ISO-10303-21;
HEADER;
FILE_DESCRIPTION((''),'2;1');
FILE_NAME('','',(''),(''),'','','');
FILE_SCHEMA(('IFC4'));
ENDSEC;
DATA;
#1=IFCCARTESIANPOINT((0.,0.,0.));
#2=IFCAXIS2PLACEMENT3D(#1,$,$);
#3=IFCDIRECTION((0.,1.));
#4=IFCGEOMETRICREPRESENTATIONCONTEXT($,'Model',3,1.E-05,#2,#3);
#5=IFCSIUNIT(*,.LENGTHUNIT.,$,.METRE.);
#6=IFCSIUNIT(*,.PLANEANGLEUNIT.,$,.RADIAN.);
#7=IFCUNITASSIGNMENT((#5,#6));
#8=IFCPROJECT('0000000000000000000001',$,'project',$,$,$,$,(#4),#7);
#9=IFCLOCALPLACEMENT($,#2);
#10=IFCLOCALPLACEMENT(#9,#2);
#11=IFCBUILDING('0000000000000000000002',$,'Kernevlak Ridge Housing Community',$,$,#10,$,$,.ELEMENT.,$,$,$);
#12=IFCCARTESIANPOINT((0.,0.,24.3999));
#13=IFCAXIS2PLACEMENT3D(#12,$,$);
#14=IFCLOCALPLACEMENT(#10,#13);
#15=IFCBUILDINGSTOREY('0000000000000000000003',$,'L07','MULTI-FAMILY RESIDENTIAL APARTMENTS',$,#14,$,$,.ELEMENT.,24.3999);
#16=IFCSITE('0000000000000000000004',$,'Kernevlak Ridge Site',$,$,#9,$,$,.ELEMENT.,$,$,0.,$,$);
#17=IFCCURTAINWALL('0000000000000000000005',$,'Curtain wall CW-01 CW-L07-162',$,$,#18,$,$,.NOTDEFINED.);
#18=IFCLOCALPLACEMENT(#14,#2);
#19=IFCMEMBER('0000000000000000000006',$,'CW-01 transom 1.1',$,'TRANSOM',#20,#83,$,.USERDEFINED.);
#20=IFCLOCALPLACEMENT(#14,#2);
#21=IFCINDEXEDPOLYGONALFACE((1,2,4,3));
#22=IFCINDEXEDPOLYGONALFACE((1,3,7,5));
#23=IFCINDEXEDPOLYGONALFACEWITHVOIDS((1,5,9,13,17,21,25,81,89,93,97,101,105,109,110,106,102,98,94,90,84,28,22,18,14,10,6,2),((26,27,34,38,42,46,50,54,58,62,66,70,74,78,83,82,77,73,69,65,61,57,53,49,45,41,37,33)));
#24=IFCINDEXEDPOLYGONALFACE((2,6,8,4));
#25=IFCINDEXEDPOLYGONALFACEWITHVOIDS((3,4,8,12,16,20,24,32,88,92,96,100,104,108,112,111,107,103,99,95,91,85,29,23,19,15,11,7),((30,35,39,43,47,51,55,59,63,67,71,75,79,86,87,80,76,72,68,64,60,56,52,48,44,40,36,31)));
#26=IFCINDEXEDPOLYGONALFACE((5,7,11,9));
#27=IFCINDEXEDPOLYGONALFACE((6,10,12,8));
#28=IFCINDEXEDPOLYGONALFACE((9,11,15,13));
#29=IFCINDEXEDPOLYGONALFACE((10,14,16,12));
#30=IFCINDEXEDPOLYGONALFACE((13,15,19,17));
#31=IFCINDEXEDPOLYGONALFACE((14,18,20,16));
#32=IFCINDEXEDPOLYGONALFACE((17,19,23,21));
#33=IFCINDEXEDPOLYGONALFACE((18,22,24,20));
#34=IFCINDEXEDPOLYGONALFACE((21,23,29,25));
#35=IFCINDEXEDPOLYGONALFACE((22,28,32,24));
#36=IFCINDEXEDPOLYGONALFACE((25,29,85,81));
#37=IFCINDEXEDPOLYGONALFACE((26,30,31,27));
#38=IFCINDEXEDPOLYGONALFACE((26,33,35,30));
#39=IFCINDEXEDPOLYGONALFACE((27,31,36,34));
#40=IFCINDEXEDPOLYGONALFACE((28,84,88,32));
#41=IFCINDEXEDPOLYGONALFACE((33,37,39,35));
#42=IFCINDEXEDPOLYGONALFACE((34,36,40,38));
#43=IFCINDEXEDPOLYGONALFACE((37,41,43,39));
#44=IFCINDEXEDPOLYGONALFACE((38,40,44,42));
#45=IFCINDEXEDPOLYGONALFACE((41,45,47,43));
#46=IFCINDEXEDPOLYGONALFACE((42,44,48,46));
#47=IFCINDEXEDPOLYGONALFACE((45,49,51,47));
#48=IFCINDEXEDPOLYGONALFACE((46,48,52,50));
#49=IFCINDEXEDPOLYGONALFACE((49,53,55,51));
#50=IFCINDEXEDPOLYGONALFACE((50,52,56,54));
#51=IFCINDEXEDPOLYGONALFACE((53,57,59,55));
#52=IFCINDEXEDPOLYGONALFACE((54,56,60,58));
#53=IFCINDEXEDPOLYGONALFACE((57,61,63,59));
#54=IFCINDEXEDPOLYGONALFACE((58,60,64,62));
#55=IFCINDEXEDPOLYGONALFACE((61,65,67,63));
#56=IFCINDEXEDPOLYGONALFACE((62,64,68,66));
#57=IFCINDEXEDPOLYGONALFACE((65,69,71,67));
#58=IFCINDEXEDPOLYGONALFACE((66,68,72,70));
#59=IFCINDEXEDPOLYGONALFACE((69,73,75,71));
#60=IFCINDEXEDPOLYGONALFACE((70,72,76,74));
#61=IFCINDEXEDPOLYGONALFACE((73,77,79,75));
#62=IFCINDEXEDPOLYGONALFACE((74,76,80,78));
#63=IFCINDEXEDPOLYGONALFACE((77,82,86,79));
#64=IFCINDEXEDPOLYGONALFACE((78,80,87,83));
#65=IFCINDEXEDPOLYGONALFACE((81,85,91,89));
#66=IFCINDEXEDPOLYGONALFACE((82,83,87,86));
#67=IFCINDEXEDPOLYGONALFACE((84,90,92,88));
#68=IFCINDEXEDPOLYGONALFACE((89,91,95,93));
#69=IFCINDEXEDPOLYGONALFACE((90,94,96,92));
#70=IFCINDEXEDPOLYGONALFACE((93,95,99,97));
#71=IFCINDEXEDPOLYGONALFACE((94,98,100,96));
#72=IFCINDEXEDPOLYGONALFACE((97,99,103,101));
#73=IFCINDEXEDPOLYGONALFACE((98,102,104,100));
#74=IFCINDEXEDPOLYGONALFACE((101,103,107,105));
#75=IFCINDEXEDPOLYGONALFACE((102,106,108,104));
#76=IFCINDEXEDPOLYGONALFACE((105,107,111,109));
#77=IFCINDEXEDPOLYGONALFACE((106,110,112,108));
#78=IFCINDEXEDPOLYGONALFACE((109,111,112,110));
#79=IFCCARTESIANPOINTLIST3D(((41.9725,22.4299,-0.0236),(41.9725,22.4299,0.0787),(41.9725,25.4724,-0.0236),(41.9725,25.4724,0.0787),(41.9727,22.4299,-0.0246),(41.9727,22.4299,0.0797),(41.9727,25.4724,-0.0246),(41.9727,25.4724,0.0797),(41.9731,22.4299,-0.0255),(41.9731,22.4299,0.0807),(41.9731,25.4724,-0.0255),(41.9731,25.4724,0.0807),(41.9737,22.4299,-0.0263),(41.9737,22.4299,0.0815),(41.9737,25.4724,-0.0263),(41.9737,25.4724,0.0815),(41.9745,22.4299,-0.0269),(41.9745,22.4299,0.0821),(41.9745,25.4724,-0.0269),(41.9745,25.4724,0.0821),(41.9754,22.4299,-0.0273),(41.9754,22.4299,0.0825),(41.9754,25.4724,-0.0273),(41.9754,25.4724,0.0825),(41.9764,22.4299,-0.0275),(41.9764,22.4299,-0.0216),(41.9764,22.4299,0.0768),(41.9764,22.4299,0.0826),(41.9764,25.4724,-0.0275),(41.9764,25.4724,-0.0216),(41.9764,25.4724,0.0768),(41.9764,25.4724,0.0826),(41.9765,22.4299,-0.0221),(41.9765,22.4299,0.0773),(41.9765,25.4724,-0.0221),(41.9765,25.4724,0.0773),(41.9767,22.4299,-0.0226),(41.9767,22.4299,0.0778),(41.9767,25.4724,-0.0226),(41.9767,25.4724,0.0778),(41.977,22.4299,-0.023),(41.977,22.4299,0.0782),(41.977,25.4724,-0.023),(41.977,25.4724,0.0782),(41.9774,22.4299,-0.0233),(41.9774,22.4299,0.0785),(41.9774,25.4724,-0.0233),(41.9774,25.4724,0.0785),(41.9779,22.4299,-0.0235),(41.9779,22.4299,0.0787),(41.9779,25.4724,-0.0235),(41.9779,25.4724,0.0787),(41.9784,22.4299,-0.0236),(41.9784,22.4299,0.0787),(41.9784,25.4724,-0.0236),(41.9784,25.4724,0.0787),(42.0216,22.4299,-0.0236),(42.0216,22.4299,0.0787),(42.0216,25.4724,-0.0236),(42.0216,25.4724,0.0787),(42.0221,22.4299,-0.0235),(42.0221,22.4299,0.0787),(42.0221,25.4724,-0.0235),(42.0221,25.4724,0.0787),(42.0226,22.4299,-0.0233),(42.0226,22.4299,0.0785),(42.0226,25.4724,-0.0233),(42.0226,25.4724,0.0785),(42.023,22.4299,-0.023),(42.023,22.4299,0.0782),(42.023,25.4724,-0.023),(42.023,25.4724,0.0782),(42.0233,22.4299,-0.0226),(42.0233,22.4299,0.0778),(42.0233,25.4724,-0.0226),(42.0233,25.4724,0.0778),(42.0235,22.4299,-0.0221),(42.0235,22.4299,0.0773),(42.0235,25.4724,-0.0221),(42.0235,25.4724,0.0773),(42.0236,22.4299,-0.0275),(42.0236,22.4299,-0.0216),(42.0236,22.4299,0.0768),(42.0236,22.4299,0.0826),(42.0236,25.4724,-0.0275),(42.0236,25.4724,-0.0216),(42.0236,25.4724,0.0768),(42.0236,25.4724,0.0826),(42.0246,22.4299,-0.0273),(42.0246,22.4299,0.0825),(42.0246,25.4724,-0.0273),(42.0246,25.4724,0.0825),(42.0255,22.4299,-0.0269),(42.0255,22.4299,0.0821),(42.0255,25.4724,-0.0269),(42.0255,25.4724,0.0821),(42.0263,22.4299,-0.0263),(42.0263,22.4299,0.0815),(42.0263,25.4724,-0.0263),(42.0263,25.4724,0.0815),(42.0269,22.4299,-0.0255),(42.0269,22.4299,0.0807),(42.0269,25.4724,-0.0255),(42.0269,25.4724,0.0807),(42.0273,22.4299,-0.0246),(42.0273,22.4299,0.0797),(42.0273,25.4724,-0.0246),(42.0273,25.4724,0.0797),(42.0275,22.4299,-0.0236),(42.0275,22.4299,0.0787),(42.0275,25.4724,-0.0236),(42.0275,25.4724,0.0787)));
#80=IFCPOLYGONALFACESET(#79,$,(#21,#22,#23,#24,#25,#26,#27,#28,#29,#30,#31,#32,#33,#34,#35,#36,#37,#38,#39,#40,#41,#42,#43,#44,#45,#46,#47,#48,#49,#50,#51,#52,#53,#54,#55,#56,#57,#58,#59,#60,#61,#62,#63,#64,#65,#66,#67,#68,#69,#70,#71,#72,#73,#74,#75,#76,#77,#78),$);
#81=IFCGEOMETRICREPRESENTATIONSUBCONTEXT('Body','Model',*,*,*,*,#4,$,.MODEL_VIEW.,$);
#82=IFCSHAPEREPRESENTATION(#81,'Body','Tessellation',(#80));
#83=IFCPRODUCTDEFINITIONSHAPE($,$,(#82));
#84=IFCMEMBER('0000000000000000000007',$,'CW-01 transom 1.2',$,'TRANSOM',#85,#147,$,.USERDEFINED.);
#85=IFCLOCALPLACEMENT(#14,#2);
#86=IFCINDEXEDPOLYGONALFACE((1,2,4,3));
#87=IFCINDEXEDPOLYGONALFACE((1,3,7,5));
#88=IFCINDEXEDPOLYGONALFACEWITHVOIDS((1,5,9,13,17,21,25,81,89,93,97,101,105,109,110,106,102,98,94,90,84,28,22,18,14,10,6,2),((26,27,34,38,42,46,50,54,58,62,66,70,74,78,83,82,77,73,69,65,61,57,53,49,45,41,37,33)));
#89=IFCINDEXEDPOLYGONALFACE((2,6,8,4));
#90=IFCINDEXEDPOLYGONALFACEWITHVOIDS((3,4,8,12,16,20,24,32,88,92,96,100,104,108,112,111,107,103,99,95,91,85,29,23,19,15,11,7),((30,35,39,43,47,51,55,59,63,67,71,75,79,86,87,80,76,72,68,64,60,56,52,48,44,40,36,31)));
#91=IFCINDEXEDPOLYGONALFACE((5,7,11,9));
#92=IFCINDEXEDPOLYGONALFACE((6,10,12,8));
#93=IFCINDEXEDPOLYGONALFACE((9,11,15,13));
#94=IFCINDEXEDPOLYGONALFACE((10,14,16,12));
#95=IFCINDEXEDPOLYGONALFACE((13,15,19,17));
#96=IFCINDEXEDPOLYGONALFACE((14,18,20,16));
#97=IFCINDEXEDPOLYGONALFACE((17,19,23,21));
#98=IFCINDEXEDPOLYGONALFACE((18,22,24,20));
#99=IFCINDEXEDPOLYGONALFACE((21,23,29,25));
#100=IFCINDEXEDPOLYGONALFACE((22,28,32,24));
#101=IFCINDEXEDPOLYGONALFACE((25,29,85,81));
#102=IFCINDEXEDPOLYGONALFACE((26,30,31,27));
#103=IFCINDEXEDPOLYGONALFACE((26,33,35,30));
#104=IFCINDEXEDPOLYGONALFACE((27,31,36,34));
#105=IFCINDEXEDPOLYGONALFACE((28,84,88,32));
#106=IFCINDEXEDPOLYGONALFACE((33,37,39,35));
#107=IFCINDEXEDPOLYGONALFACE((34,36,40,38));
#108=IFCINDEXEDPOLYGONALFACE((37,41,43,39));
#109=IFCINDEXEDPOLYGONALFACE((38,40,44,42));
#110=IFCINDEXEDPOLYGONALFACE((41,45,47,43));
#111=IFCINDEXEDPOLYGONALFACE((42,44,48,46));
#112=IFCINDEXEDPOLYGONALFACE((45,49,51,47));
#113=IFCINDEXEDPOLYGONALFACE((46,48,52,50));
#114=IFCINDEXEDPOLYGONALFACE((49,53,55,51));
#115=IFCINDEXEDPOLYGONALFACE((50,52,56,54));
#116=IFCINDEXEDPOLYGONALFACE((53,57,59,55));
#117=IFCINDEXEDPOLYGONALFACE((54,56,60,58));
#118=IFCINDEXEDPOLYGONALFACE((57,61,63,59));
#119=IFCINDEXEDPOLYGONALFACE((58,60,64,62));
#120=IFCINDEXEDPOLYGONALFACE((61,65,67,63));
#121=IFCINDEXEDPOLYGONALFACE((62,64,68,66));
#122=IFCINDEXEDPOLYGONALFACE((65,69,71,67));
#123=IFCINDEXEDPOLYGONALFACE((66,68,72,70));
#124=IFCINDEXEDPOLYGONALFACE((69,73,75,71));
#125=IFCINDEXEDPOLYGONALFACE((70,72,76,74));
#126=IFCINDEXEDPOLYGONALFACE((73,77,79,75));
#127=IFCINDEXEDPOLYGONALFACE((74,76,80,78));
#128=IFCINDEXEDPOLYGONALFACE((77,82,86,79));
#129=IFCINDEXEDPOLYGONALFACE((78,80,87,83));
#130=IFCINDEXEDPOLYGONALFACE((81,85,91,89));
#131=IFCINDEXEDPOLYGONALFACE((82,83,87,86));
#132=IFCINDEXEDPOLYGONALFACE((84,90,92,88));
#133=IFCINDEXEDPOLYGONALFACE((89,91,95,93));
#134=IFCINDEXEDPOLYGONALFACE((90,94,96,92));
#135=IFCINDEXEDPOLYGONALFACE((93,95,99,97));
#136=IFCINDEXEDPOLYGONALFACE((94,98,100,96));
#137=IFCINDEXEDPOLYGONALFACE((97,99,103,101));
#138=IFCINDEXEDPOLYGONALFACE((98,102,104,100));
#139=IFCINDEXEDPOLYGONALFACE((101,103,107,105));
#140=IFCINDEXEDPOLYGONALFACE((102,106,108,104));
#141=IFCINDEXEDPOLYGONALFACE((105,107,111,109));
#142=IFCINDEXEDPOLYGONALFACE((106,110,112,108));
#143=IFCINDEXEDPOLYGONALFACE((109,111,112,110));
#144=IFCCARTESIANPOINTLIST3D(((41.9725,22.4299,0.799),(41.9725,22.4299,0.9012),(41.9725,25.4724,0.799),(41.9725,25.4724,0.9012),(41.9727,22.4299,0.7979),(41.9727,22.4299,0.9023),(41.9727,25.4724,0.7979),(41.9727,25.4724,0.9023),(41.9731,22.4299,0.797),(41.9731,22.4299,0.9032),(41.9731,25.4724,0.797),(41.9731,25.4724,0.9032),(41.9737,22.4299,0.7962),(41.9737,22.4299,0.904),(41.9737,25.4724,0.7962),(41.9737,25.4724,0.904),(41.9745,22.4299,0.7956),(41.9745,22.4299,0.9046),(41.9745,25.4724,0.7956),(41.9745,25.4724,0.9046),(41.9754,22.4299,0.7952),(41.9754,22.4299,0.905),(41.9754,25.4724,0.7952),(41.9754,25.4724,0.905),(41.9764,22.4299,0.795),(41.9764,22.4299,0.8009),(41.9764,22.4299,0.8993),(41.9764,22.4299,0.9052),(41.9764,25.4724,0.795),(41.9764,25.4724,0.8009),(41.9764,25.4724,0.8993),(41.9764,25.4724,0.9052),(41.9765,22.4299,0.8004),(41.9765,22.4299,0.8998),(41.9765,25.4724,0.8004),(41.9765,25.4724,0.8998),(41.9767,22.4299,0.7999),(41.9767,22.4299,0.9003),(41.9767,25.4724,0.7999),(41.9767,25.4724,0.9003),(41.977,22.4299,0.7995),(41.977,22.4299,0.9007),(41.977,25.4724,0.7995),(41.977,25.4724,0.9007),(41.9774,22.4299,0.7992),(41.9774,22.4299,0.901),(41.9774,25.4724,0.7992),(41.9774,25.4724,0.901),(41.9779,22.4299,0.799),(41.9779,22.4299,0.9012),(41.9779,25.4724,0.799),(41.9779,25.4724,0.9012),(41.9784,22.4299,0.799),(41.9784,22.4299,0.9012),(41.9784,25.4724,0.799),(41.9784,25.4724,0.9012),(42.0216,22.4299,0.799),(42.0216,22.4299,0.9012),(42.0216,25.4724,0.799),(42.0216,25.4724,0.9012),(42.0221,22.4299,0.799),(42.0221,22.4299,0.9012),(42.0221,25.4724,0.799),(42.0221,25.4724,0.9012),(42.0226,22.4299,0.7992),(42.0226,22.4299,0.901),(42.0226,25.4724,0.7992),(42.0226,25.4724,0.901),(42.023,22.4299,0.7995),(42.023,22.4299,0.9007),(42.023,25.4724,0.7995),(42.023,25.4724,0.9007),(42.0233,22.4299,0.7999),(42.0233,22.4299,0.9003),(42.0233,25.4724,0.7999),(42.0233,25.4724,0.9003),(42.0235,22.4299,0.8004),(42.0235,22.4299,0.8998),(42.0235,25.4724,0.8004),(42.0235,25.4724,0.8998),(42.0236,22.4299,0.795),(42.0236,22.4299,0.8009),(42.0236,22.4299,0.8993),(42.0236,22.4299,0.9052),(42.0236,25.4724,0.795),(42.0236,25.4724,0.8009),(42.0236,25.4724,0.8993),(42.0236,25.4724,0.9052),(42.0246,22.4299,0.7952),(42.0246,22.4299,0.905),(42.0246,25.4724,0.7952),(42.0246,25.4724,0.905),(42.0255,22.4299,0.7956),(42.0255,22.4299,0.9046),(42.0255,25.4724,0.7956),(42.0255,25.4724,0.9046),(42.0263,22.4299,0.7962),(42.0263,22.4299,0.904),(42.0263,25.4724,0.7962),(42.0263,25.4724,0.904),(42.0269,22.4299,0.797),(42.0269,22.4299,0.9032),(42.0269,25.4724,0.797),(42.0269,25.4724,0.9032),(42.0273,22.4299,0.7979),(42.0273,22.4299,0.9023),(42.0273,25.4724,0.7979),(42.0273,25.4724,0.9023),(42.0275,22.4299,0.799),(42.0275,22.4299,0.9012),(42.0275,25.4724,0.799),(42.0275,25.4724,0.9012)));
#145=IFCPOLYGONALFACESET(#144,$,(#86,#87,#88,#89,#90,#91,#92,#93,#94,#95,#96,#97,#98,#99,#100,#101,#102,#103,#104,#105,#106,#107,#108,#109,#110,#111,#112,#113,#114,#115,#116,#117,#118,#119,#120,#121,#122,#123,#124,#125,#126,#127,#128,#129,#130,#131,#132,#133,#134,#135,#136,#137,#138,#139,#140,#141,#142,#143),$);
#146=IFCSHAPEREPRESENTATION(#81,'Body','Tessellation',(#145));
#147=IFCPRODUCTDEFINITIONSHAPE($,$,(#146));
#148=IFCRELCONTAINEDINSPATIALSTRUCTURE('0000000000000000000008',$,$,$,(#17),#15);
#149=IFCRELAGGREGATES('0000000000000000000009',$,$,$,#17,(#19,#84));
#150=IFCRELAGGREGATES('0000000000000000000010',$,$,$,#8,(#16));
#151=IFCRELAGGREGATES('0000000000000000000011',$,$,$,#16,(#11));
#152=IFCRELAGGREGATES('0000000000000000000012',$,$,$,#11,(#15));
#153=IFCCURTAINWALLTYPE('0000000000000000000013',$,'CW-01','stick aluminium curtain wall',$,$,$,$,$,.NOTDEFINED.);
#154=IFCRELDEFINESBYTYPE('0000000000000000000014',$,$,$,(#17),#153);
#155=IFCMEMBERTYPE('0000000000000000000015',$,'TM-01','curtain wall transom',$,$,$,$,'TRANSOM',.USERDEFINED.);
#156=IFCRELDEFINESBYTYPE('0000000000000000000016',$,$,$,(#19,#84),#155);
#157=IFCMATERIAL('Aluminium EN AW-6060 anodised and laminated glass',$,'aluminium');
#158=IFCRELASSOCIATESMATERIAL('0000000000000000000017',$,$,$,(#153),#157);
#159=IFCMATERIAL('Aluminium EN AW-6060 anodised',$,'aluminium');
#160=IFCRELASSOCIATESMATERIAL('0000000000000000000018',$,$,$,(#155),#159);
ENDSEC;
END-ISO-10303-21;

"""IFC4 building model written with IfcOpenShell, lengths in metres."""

from ifc_helpers import new_model, si_unit, direction, frame, origin, origin_2d, place, context, subcontext, project, spatial, hollow_rectangle, extrude, material, material_profile, profile_set, type_object, element, aggregate, save


model = new_model("IFC4")

# Units and contexts
model_context = context("Model", 3, precision=1e-05, world=origin(), true_north=direction((0.0, 1.0)))
body_context = subcontext(model_context, "Body", "Model", "MODEL_VIEW")
ifc_project = project(units=[si_unit("LENGTHUNIT", "METRE"), si_unit("PLANEANGLEUNIT", "RADIAN")], contexts=[model_context])

# Site, building, storey
site_placement = place(None, origin())
site = spatial("IfcSite", under=ifc_project, at=site_placement, Name="Kernevlak Ridge Site", CompositionType="ELEMENT", RefElevation=0.0)
building_placement = place(site_placement, origin())
building = spatial("IfcBuilding", under=site, at=building_placement, Name="Kernevlak Ridge Housing Community", CompositionType="ELEMENT")
storey_placement = place(building_placement, frame((0.0, 0.0, 24.3999)))
storey = spatial("IfcBuildingStorey", under=building, at=storey_placement, Name="L07", Description="MULTI-FAMILY RESIDENTIAL APARTMENTS", CompositionType="ELEMENT", Elevation=24.3999)

# Curtain wall
ifc_material_1 = material(Name="Aluminium EN AW-6060 anodised and laminated glass", Category="aluminium")
curtain_wall_type = type_object("IfcCurtainWallType", Name="CW-01", Description="stick aluminium curtain wall", PredefinedType="NOTDEFINED", material=ifc_material_1)
curtain_wall_placement = place(storey_placement, origin())
curtain_wall = element("IfcCurtainWall", 1, at=curtain_wall_placement, inside=storey, type_object=curtain_wall_type, Name="Curtain wall CW-01 CW-L07-162", PredefinedType="NOTDEFINED")
ifc_material_2 = material(Name="Aluminium EN AW-6060 anodised", Category="aluminium")

# Members
ifc_material_profile_1 = material_profile(ifc_material_2, hollow_rectangle(XDim=0.0549, YDim=0.1101, WallThickness=0.0039, InnerFilletRadius=0.002, OuterFilletRadius=0.0039, at=origin_2d()), Name="ALU 55x110x4")
ifc_profile_set_1 = profile_set([ifc_material_profile_1], Name="Aluminium EN AW-6060 anodised")
member_type_1 = type_object("IfcMemberType", Name="TM-01", Description="curtain wall transom", ElementType="TRANSOM", PredefinedType="USERDEFINED", material=ifc_profile_set_1)
member_1_placement = place(storey_placement, frame((42.0, 22.4299, 0.0276), z_axis=(0.0, 1.0, 0.0), x_axis=(-1.0, 0.0, 0.0)))
member_1 = element("IfcMember", 2, at=member_1_placement, type_object=member_type_1, Name="CW-01 transom 1.1", ObjectType="TRANSOM", PredefinedType="USERDEFINED", context=body_context, shape_type="SweptSolid", body=[
    extrude(hollow_rectangle(XDim=0.0549, YDim=0.1101, WallThickness=0.0039, InnerFilletRadius=0.002, OuterFilletRadius=0.0039, at=origin_2d()), origin(), (0.0, 0.0, 1.0), 3.0425),
])
member_2_placement = place(storey_placement, frame((42.0, 22.4299, 0.8501), z_axis=(0.0, 1.0, 0.0), x_axis=(-1.0, 0.0, 0.0)))
member_2 = element("IfcMember", 3, at=member_2_placement, type_object=member_type_1, Name="CW-01 transom 1.2", ObjectType="TRANSOM", PredefinedType="USERDEFINED", context=body_context, shape_type="SweptSolid", body=[
    extrude(hollow_rectangle(XDim=0.0549, YDim=0.1101, WallThickness=0.0039, InnerFilletRadius=0.002, OuterFilletRadius=0.0039, at=origin_2d()), origin(), (0.0, 0.0, 1.0), 3.0425),
])

aggregate(curtain_wall, [member_1, member_2])

save(model, "model.ifc")
